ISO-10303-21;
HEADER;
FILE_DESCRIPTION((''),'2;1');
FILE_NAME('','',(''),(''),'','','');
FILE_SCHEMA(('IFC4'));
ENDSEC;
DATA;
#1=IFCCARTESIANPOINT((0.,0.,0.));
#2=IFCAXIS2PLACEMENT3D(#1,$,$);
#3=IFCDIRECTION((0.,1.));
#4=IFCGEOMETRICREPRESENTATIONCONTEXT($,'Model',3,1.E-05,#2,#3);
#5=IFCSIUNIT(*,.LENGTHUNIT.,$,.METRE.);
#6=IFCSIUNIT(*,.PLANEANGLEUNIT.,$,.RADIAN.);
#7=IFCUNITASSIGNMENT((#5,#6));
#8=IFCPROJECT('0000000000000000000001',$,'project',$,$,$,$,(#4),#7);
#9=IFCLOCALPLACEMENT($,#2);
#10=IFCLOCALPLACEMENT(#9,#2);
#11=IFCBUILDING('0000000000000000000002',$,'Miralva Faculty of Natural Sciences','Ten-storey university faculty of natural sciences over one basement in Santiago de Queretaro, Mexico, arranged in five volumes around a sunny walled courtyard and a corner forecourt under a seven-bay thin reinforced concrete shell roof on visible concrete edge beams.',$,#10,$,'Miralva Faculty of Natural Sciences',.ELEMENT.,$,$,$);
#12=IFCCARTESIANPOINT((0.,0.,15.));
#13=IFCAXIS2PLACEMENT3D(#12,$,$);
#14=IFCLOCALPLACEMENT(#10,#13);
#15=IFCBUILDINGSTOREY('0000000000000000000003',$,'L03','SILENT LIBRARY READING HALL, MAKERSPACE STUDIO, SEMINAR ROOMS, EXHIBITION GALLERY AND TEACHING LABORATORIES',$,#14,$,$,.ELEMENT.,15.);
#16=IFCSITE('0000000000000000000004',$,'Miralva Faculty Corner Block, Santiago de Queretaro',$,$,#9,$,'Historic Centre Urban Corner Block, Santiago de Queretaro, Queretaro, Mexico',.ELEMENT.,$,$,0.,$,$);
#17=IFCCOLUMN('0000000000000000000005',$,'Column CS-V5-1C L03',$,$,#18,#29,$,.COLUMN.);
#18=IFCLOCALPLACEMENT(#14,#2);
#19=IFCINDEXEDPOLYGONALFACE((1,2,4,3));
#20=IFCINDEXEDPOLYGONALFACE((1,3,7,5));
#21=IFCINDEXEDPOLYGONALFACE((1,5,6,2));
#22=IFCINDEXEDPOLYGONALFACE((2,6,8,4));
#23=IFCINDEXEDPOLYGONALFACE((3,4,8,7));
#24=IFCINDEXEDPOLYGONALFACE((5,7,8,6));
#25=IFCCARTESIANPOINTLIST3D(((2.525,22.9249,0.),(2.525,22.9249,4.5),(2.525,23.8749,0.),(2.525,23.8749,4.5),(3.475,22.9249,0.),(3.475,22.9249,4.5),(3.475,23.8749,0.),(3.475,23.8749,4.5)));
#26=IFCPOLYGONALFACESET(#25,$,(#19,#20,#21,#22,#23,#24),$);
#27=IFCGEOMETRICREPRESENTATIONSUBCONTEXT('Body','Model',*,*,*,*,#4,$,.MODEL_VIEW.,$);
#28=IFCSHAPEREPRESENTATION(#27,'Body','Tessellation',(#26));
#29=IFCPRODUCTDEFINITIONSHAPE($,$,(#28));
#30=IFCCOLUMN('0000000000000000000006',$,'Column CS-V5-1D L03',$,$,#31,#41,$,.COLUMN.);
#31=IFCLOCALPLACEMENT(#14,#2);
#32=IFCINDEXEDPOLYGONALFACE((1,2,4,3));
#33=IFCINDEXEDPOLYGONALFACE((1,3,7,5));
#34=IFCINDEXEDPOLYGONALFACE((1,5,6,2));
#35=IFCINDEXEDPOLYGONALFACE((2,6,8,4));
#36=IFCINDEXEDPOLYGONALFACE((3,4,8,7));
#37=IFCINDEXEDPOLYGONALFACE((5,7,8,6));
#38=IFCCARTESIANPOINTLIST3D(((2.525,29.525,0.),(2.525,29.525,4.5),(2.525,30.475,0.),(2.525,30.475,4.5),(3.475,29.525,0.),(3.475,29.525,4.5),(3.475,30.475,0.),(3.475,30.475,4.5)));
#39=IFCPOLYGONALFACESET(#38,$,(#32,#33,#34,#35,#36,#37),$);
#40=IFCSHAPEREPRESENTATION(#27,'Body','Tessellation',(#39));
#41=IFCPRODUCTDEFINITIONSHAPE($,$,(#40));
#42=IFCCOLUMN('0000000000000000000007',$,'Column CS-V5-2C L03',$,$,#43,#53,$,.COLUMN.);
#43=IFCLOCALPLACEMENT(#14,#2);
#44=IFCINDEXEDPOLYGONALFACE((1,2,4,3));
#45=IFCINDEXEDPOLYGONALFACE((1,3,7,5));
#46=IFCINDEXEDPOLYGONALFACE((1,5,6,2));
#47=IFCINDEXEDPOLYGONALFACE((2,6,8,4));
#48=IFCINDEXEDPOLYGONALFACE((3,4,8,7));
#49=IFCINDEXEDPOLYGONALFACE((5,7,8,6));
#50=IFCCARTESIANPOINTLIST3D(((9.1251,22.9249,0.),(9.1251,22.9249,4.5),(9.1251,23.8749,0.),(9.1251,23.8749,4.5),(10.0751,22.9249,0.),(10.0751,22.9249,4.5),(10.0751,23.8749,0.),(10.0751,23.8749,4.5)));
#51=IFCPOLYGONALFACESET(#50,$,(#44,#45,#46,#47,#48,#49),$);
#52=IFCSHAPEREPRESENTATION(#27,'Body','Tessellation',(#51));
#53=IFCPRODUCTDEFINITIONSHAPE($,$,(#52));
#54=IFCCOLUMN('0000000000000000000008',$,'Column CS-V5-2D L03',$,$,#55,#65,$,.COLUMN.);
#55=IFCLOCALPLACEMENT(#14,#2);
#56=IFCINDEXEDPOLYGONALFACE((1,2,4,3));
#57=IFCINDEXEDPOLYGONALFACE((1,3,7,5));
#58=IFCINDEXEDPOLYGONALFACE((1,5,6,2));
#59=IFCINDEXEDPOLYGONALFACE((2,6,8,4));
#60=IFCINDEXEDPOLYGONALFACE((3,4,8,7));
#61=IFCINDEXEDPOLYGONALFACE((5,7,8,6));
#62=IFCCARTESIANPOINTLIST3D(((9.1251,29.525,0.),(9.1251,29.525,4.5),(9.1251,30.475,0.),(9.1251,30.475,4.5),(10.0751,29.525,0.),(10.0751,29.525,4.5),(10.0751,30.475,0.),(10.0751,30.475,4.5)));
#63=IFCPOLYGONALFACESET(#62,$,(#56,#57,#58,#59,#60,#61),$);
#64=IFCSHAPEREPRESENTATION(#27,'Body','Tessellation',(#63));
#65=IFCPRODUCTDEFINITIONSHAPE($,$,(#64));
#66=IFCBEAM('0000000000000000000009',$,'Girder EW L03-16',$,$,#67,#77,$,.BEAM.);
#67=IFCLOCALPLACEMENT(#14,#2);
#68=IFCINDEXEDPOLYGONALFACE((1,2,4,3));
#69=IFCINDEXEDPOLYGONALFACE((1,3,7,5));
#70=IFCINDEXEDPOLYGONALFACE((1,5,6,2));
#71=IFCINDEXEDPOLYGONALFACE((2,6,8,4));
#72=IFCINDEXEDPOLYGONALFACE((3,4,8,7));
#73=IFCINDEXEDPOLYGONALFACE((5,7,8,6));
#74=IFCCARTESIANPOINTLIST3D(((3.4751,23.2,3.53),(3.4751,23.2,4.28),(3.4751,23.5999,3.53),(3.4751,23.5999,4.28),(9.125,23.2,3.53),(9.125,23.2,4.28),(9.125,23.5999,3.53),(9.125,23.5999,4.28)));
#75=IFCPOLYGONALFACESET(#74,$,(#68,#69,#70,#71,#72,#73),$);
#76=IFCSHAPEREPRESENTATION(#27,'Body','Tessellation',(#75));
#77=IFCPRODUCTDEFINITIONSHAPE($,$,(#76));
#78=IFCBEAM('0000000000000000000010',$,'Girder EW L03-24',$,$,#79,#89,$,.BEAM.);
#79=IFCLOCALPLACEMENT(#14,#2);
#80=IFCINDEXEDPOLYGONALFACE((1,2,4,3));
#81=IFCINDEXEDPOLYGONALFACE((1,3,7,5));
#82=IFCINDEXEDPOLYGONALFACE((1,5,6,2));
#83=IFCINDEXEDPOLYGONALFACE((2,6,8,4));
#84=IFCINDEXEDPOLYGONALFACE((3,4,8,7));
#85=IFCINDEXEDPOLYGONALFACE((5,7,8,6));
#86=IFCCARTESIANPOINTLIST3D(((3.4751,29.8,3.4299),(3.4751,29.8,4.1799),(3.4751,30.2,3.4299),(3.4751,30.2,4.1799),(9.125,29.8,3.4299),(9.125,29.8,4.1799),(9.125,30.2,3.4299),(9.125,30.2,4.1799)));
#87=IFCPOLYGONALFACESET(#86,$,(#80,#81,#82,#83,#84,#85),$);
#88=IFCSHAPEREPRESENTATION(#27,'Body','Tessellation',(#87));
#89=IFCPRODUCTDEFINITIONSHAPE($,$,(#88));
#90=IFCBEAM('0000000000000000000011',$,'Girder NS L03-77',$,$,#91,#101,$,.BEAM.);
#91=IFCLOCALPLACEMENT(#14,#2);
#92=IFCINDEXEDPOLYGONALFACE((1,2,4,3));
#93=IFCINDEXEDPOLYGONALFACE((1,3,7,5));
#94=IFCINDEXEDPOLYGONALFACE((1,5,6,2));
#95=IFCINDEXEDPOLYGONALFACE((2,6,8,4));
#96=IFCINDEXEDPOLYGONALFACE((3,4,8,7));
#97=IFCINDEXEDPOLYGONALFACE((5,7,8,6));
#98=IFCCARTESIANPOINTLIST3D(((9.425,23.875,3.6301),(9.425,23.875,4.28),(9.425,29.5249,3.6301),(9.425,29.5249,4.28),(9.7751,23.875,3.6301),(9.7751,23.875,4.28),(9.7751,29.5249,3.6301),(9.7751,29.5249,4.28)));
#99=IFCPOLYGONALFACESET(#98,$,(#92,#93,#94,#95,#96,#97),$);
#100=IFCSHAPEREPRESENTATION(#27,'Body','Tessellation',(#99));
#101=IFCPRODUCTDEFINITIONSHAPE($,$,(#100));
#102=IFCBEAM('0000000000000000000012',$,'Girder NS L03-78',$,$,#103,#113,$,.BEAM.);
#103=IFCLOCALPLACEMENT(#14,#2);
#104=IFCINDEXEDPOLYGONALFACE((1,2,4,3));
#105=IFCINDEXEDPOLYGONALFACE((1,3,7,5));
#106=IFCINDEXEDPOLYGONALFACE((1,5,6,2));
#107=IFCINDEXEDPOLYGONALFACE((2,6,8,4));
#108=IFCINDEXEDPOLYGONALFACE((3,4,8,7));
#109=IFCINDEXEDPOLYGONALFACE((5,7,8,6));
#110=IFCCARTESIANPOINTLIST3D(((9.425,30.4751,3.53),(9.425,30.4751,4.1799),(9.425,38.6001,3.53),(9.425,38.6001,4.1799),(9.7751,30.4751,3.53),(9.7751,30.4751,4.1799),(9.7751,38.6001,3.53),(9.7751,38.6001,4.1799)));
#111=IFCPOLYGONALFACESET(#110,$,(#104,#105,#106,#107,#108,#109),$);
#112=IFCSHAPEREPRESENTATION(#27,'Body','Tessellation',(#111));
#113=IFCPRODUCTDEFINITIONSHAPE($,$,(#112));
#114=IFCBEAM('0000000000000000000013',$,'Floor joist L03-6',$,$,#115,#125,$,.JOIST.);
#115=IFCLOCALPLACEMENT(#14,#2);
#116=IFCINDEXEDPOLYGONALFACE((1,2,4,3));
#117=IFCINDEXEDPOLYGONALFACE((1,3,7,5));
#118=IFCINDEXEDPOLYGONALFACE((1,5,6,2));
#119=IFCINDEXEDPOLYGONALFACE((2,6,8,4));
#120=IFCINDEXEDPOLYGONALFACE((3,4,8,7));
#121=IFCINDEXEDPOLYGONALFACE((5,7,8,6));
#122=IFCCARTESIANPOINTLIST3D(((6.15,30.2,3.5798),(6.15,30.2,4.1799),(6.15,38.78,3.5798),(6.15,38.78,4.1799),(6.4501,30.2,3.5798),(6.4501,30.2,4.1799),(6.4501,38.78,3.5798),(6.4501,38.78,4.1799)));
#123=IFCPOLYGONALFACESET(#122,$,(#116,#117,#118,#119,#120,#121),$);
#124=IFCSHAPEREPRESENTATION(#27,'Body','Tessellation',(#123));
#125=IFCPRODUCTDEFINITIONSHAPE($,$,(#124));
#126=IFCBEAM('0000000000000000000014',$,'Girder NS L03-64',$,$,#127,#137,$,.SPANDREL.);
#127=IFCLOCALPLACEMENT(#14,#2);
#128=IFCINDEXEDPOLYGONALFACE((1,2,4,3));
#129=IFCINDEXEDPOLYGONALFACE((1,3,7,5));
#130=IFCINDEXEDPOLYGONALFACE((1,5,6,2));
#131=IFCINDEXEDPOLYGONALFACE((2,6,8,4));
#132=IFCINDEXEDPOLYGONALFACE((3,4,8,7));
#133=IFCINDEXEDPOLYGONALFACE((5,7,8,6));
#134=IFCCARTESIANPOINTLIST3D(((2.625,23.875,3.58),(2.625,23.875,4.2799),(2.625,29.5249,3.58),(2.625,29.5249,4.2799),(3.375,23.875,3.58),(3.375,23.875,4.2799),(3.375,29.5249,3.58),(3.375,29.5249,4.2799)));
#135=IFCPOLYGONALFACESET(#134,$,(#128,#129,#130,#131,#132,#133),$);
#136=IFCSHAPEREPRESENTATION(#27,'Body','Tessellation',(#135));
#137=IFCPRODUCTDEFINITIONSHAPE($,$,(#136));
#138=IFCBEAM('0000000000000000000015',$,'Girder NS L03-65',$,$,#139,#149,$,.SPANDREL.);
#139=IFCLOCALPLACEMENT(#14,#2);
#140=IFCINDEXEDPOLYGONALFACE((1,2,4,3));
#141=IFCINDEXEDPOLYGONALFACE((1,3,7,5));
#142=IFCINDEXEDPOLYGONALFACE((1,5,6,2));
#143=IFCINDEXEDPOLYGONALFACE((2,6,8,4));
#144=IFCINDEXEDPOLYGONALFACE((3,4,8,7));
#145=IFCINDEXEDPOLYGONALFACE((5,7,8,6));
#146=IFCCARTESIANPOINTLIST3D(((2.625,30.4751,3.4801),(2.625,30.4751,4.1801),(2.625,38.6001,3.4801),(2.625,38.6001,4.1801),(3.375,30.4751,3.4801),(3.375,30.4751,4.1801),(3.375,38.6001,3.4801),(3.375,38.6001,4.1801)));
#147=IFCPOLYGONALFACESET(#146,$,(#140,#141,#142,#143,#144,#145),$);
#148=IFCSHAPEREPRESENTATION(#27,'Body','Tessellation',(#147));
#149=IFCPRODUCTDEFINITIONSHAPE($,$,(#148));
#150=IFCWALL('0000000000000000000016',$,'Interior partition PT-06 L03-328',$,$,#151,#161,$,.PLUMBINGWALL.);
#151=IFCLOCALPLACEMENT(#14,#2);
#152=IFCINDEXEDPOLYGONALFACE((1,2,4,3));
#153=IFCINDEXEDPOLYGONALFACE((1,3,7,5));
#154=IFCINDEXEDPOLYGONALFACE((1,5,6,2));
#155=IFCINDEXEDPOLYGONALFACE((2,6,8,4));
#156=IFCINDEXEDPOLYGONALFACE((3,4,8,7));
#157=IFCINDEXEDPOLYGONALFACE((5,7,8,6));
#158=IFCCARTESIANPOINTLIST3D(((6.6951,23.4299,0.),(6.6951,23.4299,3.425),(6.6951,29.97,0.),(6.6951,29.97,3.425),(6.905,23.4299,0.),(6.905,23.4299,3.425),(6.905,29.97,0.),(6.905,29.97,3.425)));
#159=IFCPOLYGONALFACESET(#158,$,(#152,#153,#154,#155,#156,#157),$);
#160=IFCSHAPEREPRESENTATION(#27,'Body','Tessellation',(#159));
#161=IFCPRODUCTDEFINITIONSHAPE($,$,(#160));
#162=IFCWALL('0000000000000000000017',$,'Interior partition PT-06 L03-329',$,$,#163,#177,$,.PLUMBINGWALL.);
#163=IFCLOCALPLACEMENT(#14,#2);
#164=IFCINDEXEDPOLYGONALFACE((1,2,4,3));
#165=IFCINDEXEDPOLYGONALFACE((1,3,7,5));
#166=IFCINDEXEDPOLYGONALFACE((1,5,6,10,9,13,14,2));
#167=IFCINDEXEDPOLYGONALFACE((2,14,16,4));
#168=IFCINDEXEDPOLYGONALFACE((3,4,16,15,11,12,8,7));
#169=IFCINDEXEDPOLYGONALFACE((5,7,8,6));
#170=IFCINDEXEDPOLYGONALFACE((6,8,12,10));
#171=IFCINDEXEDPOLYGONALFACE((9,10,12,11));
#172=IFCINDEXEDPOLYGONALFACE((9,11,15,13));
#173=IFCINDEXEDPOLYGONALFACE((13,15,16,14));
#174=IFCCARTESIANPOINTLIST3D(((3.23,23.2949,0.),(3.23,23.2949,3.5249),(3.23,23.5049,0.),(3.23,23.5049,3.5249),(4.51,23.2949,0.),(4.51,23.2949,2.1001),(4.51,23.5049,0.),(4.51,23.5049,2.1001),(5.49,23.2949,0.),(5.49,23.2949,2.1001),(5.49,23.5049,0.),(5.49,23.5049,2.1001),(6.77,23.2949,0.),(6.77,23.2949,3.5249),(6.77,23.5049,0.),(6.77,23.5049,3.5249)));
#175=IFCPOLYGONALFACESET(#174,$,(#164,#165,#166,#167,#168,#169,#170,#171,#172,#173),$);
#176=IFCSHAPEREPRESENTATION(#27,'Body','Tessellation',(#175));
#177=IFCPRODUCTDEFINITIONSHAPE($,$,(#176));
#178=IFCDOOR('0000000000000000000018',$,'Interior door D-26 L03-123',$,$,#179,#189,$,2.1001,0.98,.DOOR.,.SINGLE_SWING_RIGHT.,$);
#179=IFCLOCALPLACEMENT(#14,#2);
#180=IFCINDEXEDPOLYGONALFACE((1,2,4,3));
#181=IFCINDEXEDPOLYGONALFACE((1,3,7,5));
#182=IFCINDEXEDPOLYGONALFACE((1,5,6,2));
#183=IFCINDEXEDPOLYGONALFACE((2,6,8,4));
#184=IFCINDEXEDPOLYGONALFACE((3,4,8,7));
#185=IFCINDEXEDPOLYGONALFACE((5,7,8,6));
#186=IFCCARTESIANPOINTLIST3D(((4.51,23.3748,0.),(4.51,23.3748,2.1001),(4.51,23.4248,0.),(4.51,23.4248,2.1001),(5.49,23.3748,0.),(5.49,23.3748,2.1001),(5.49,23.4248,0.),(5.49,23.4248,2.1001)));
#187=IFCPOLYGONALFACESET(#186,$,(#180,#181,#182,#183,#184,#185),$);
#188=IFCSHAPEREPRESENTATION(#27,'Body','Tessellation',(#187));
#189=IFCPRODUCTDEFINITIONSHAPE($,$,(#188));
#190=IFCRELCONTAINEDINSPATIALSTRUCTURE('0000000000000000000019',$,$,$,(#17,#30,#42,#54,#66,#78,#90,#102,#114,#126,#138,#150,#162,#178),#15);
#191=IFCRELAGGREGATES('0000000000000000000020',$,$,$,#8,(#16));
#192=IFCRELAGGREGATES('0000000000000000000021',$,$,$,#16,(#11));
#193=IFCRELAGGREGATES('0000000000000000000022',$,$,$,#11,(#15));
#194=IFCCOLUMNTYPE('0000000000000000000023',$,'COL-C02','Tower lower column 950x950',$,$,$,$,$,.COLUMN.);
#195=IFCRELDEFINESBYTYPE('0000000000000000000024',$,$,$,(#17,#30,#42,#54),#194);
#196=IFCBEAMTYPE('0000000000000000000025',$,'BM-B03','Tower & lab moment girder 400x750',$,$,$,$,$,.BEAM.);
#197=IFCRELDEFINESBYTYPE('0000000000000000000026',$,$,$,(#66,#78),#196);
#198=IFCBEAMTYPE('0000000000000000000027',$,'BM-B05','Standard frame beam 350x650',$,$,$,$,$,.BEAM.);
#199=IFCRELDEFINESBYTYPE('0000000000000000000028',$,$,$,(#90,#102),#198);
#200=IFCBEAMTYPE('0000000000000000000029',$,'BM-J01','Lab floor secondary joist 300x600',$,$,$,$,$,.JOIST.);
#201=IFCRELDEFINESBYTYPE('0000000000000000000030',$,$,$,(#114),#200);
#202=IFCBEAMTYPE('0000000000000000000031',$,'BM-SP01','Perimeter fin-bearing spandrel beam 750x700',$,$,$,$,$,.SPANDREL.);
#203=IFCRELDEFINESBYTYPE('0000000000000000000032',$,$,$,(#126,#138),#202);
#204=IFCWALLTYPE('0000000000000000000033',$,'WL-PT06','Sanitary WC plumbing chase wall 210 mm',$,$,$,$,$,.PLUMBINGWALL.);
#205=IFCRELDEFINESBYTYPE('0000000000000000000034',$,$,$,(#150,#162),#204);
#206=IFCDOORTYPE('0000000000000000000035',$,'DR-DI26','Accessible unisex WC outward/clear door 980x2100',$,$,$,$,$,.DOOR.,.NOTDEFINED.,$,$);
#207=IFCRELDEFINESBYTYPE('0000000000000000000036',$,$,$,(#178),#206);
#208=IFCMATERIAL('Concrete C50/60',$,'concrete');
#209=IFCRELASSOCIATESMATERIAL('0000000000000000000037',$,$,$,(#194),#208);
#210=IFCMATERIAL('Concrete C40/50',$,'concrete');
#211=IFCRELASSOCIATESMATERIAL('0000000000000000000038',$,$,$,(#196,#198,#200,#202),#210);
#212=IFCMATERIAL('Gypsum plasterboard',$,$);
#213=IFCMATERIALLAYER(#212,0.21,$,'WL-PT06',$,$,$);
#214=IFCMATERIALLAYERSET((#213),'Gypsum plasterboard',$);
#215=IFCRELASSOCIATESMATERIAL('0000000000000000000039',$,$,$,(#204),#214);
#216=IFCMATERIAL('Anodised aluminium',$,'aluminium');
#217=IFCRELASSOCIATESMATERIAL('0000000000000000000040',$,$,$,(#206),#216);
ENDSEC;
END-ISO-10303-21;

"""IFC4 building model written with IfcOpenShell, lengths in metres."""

from ifc_helpers import new_model, si_unit, direction, frame, frame_2d, origin, origin_2d, place, context, subcontext, project, spatial, rectangle, extrude, material, layer, layer_set, material_profile, profile_set, type_object, element, fill, save


model = new_model("IFC4")

# Units and contexts
model_context = context("Model", 3, precision=1e-05, world=origin(), true_north=direction((0.0, 1.0)))
body_context = subcontext(model_context, "Body", "Model", "MODEL_VIEW")
ifc_project = project(units=[si_unit("LENGTHUNIT", "METRE"), si_unit("PLANEANGLEUNIT", "RADIAN")], contexts=[model_context])

# Site, building, storey
site_placement = place(None, origin())
site = spatial("IfcSite", under=ifc_project, at=site_placement, Name="Miralva Faculty Corner Block, Santiago de Queretaro", LongName="Historic Centre Urban Corner Block, Santiago de Queretaro, Queretaro, Mexico", CompositionType="ELEMENT", RefElevation=0.0)
building_placement = place(site_placement, origin())
building = spatial("IfcBuilding", under=site, at=building_placement, Name="Miralva Faculty of Natural Sciences", Description="Ten-storey university faculty of natural sciences over one basement in Santiago de Queretaro, Mexico, arranged in five volumes around a sunny walled courtyard and a corner forecourt under a seven-bay thin reinforced concrete shell roof on visible concrete edge beams.", LongName="Miralva Faculty of Natural Sciences", CompositionType="ELEMENT")
storey_placement = place(building_placement, frame((0.0, 0.0, 15.0)))
storey = spatial("IfcBuildingStorey", under=building, at=storey_placement, Name="L03", Description="SILENT LIBRARY READING HALL, MAKERSPACE STUDIO, SEMINAR ROOMS, EXHIBITION GALLERY AND TEACHING LABORATORIES", CompositionType="ELEMENT", Elevation=15.0)

# Columns
ifc_material_1 = material(Name="Concrete C50/60", Category="concrete")
ifc_material_profile_1 = material_profile(ifc_material_1, rectangle(XDim=0.95, YDim=0.95, at=origin_2d()), Name="RC 950x950")
ifc_profile_set_1 = profile_set([ifc_material_profile_1], Name="Concrete C50/60")
column_type = type_object("IfcColumnType", Name="COL-C02", Description="Tower lower column 950x950", PredefinedType="COLUMN", material=ifc_profile_set_1)
for number, where, z_axis, x_axis, name in (
    (1, (3.0, 23.3999, 0.0), (0.0, 0.0, 1.0), (1.0, 0.0, 0.0), "Column CS-V5-1C L03"),
    (2, (3.0, 30.0, 0.0), (0.0, 0.0, 1.0), (1.0, 0.0, 0.0), "Column CS-V5-1D L03"),
    (3, (9.6001, 23.3999, 0.0), (0.0, 0.0, 1.0), (1.0, 0.0, 0.0), "Column CS-V5-2C L03"),
    (4, (9.6001, 30.0, 0.0), (0.0, 0.0, 1.0), (1.0, 0.0, 0.0), "Column CS-V5-2D L03"),
):
    element("IfcColumn", number, at=place(storey_placement, frame(where, z_axis=z_axis, x_axis=x_axis)), inside=storey, type_object=column_type, Name=name, PredefinedType="COLUMN", context=body_context, shape_type="SweptSolid", body=[
        extrude(rectangle(XDim=0.95, YDim=0.95, at=origin_2d()), origin(), (0.0, 0.0, 1.0), 4.5),
    ])

# Beams
ifc_material_2 = material(Name="Concrete C40/50", Category="concrete")
ifc_material_profile_2 = material_profile(ifc_material_2, rectangle(XDim=0.3999, YDim=0.75, at=origin_2d()), Name="RC 400x750")
ifc_profile_set_2 = profile_set([ifc_material_profile_2], Name="Concrete C40/50")
beam_type_1 = type_object("IfcBeamType", Name="BM-B03", Description="Tower & lab moment girder 400x750", PredefinedType="BEAM", material=ifc_profile_set_2)
for number, where, z_axis, x_axis, name in (
    (5, (3.4751, 23.3999, 3.905), (1.0, 0.0, 0.0), (0.0, 1.0, 0.0), "Girder EW L03-16"),
    (6, (3.4751, 30.0, 3.8049), (1.0, 0.0, 0.0), (0.0, 1.0, 0.0), "Girder EW L03-24"),
):
    element("IfcBeam", number, at=place(storey_placement, frame(where, z_axis=z_axis, x_axis=x_axis)), inside=storey, type_object=beam_type_1, Name=name, PredefinedType="BEAM", context=body_context, shape_type="SweptSolid", body=[
        extrude(rectangle(XDim=0.3999, YDim=0.75, at=origin_2d()), origin(), (0.0, 0.0, 1.0), 5.6499),
    ])
ifc_material_profile_3 = material_profile(ifc_material_2, rectangle(XDim=0.3501, YDim=0.6499, at=origin_2d()), Name="RC 350x650")
ifc_profile_set_3 = profile_set([ifc_material_profile_3], Name="Concrete C40/50")
beam_type_2 = type_object("IfcBeamType", Name="BM-B05", Description="Standard frame beam 350x650", PredefinedType="BEAM", material=ifc_profile_set_3)
beam_1_placement = place(storey_placement, frame((9.6001, 23.875, 3.9551), z_axis=(0.0, 1.0, 0.0), x_axis=(-1.0, 0.0, 0.0)))
element("IfcBeam", 7, at=beam_1_placement, inside=storey, type_object=beam_type_2, Name="Girder NS L03-77", PredefinedType="BEAM", context=body_context, shape_type="SweptSolid", body=[
    extrude(rectangle(XDim=0.3501, YDim=0.6499, at=origin_2d()), origin(), (0.0, 0.0, 1.0), 5.6499),
])
beam_2_placement = place(storey_placement, frame((9.6001, 30.4751, 3.855), z_axis=(0.0, 1.0, 0.0), x_axis=(-1.0, 0.0, 0.0)))
element("IfcBeam", 8, at=beam_2_placement, inside=storey, type_object=beam_type_2, Name="Girder NS L03-78", PredefinedType="BEAM", context=body_context, shape_type="SweptSolid", body=[
    extrude(rectangle(XDim=0.3501, YDim=0.6499, at=origin_2d()), origin(), (0.0, 0.0, 1.0), 8.125),
])
ifc_material_profile_4 = material_profile(ifc_material_2, rectangle(XDim=0.3, YDim=0.6001, at=origin_2d()), Name="RC 300x600")
ifc_profile_set_4 = profile_set([ifc_material_profile_4], Name="Concrete C40/50")
beam_type_3 = type_object("IfcBeamType", Name="BM-J01", Description="Lab floor secondary joist 300x600", PredefinedType="JOIST", material=ifc_profile_set_4)
beam_3_placement = place(storey_placement, frame((6.3, 30.2, 3.8799), z_axis=(0.0, 1.0, 0.0), x_axis=(-1.0, 0.0, 0.0)))
element("IfcBeam", 9, at=beam_3_placement, inside=storey, type_object=beam_type_3, Name="Floor joist L03-6", PredefinedType="JOIST", context=body_context, shape_type="SweptSolid", body=[
    extrude(rectangle(XDim=0.3, YDim=0.6001, at=origin_2d()), origin(), (0.0, 0.0, 1.0), 8.5801),
])
ifc_material_profile_5 = material_profile(ifc_material_2, rectangle(XDim=0.75, YDim=0.7, at=origin_2d()), Name="RC 750x700")
ifc_profile_set_5 = profile_set([ifc_material_profile_5], Name="Concrete C40/50")
beam_type_4 = type_object("IfcBeamType", Name="BM-SP01", Description="Perimeter fin-bearing spandrel beam 750x700", PredefinedType="SPANDREL", material=ifc_profile_set_5)
beam_4_placement = place(storey_placement, frame((3.0, 23.875, 3.9299), z_axis=(0.0, 1.0, 0.0), x_axis=(-1.0, 0.0, 0.0)))
element("IfcBeam", 10, at=beam_4_placement, inside=storey, type_object=beam_type_4, Name="Girder NS L03-64", PredefinedType="SPANDREL", context=body_context, shape_type="SweptSolid", body=[
    extrude(rectangle(XDim=0.75, YDim=0.7, at=origin_2d()), origin(), (0.0, 0.0, 1.0), 5.6499),
])
beam_5_placement = place(storey_placement, frame((3.0, 30.4751, 3.8301), z_axis=(0.0, 1.0, 0.0), x_axis=(-1.0, 0.0, 0.0)))
element("IfcBeam", 11, at=beam_5_placement, inside=storey, type_object=beam_type_4, Name="Girder NS L03-65", PredefinedType="SPANDREL", context=body_context, shape_type="SweptSolid", body=[
    extrude(rectangle(XDim=0.75, YDim=0.7, at=origin_2d()), origin(), (0.0, 0.0, 1.0), 8.125),
])

# Wall
ifc_material_3 = material(Name="Gypsum plasterboard")
ifc_layer_1 = layer(ifc_material_3, 0.21, Name="WL-PT06")
ifc_layer_set_1 = layer_set([ifc_layer_1], Name="Gypsum plasterboard")
wall_type_1 = type_object("IfcWallType", Name="WL-PT06", Description="Sanitary WC plumbing chase wall 210 mm", PredefinedType="PLUMBINGWALL", material=ifc_layer_set_1)
wall_1_placement = place(storey_placement, frame((6.8, 23.4299, 0.0), z_axis=(0.0, 0.0, 1.0), x_axis=(0.0, 1.0, 0.0)))
element("IfcWall", 12, at=wall_1_placement, inside=storey, type_object=wall_type_1, Name="Interior partition PT-06 L03-328", PredefinedType="PLUMBINGWALL", context=body_context, shape_type="SweptSolid", body=[
    extrude(rectangle(XDim=6.54, YDim=0.21, at=frame_2d((3.27, 0.0))), origin(), (0.0, 0.0, 1.0), 3.425),
])

# Wall, opening, door
wall_2_placement = place(storey_placement, frame((3.23, 23.3999, 0.0), z_axis=(0.0, 0.0, 1.0), x_axis=(1.0, 0.0, 0.0)))
wall_2 = element("IfcWall", 13, at=wall_2_placement, inside=storey, type_object=wall_type_1, Name="Interior partition PT-06 L03-329", PredefinedType="PLUMBINGWALL", context=body_context, shape_type="SweptSolid", body=[
    extrude(rectangle(XDim=3.54, YDim=0.21, at=frame_2d((1.77, 0.0))), origin(), (0.0, 0.0, 1.0), 3.5249),
])
opening_1_placement = place(wall_2_placement, frame((1.28, 0.0, 0.0)))
opening_1 = element("IfcOpeningElement", 14, at=opening_1_placement, cuts=wall_2, PredefinedType="OPENING", context=body_context, shape_type="SweptSolid", body=[
    extrude(rectangle(XDim=0.98, YDim=2.1001, at=frame_2d((0.49, 1.05))), frame((0.0, 0.115, 0.0), z_axis=(0.0, -1.0, 0.0), x_axis=(1.0, 0.0, 0.0)), (0.0, 0.0, 1.0), 0.23),
])
ifc_material_4 = material(Name="Anodised aluminium", Category="aluminium")
door_type = type_object("IfcDoorType", Name="DR-DI26", Description="Accessible unisex WC outward/clear door 980x2100", OperationType="NOTDEFINED", PredefinedType="DOOR", material=ifc_material_4)
door_placement = place(opening_1_placement, origin())
door = element("IfcDoor", 15, at=door_placement, inside=storey, type_object=door_type, Name="Interior door D-26 L03-123", OperationType="SINGLE_SWING_RIGHT", OverallHeight=2.1001, OverallWidth=0.98, PredefinedType="DOOR", context=body_context, shape_type="SweptSolid", body=[
    extrude(rectangle(XDim=0.98, YDim=2.1001, at=frame_2d((0.49, 1.05))), frame((0.0, 0.0249, 0.0), z_axis=(0.0, -1.0, 0.0), x_axis=(1.0, 0.0, 0.0)), (0.0, 0.0, 1.0), 0.05),
])
fill(opening_1, door)

save(model, "model.ifc")
